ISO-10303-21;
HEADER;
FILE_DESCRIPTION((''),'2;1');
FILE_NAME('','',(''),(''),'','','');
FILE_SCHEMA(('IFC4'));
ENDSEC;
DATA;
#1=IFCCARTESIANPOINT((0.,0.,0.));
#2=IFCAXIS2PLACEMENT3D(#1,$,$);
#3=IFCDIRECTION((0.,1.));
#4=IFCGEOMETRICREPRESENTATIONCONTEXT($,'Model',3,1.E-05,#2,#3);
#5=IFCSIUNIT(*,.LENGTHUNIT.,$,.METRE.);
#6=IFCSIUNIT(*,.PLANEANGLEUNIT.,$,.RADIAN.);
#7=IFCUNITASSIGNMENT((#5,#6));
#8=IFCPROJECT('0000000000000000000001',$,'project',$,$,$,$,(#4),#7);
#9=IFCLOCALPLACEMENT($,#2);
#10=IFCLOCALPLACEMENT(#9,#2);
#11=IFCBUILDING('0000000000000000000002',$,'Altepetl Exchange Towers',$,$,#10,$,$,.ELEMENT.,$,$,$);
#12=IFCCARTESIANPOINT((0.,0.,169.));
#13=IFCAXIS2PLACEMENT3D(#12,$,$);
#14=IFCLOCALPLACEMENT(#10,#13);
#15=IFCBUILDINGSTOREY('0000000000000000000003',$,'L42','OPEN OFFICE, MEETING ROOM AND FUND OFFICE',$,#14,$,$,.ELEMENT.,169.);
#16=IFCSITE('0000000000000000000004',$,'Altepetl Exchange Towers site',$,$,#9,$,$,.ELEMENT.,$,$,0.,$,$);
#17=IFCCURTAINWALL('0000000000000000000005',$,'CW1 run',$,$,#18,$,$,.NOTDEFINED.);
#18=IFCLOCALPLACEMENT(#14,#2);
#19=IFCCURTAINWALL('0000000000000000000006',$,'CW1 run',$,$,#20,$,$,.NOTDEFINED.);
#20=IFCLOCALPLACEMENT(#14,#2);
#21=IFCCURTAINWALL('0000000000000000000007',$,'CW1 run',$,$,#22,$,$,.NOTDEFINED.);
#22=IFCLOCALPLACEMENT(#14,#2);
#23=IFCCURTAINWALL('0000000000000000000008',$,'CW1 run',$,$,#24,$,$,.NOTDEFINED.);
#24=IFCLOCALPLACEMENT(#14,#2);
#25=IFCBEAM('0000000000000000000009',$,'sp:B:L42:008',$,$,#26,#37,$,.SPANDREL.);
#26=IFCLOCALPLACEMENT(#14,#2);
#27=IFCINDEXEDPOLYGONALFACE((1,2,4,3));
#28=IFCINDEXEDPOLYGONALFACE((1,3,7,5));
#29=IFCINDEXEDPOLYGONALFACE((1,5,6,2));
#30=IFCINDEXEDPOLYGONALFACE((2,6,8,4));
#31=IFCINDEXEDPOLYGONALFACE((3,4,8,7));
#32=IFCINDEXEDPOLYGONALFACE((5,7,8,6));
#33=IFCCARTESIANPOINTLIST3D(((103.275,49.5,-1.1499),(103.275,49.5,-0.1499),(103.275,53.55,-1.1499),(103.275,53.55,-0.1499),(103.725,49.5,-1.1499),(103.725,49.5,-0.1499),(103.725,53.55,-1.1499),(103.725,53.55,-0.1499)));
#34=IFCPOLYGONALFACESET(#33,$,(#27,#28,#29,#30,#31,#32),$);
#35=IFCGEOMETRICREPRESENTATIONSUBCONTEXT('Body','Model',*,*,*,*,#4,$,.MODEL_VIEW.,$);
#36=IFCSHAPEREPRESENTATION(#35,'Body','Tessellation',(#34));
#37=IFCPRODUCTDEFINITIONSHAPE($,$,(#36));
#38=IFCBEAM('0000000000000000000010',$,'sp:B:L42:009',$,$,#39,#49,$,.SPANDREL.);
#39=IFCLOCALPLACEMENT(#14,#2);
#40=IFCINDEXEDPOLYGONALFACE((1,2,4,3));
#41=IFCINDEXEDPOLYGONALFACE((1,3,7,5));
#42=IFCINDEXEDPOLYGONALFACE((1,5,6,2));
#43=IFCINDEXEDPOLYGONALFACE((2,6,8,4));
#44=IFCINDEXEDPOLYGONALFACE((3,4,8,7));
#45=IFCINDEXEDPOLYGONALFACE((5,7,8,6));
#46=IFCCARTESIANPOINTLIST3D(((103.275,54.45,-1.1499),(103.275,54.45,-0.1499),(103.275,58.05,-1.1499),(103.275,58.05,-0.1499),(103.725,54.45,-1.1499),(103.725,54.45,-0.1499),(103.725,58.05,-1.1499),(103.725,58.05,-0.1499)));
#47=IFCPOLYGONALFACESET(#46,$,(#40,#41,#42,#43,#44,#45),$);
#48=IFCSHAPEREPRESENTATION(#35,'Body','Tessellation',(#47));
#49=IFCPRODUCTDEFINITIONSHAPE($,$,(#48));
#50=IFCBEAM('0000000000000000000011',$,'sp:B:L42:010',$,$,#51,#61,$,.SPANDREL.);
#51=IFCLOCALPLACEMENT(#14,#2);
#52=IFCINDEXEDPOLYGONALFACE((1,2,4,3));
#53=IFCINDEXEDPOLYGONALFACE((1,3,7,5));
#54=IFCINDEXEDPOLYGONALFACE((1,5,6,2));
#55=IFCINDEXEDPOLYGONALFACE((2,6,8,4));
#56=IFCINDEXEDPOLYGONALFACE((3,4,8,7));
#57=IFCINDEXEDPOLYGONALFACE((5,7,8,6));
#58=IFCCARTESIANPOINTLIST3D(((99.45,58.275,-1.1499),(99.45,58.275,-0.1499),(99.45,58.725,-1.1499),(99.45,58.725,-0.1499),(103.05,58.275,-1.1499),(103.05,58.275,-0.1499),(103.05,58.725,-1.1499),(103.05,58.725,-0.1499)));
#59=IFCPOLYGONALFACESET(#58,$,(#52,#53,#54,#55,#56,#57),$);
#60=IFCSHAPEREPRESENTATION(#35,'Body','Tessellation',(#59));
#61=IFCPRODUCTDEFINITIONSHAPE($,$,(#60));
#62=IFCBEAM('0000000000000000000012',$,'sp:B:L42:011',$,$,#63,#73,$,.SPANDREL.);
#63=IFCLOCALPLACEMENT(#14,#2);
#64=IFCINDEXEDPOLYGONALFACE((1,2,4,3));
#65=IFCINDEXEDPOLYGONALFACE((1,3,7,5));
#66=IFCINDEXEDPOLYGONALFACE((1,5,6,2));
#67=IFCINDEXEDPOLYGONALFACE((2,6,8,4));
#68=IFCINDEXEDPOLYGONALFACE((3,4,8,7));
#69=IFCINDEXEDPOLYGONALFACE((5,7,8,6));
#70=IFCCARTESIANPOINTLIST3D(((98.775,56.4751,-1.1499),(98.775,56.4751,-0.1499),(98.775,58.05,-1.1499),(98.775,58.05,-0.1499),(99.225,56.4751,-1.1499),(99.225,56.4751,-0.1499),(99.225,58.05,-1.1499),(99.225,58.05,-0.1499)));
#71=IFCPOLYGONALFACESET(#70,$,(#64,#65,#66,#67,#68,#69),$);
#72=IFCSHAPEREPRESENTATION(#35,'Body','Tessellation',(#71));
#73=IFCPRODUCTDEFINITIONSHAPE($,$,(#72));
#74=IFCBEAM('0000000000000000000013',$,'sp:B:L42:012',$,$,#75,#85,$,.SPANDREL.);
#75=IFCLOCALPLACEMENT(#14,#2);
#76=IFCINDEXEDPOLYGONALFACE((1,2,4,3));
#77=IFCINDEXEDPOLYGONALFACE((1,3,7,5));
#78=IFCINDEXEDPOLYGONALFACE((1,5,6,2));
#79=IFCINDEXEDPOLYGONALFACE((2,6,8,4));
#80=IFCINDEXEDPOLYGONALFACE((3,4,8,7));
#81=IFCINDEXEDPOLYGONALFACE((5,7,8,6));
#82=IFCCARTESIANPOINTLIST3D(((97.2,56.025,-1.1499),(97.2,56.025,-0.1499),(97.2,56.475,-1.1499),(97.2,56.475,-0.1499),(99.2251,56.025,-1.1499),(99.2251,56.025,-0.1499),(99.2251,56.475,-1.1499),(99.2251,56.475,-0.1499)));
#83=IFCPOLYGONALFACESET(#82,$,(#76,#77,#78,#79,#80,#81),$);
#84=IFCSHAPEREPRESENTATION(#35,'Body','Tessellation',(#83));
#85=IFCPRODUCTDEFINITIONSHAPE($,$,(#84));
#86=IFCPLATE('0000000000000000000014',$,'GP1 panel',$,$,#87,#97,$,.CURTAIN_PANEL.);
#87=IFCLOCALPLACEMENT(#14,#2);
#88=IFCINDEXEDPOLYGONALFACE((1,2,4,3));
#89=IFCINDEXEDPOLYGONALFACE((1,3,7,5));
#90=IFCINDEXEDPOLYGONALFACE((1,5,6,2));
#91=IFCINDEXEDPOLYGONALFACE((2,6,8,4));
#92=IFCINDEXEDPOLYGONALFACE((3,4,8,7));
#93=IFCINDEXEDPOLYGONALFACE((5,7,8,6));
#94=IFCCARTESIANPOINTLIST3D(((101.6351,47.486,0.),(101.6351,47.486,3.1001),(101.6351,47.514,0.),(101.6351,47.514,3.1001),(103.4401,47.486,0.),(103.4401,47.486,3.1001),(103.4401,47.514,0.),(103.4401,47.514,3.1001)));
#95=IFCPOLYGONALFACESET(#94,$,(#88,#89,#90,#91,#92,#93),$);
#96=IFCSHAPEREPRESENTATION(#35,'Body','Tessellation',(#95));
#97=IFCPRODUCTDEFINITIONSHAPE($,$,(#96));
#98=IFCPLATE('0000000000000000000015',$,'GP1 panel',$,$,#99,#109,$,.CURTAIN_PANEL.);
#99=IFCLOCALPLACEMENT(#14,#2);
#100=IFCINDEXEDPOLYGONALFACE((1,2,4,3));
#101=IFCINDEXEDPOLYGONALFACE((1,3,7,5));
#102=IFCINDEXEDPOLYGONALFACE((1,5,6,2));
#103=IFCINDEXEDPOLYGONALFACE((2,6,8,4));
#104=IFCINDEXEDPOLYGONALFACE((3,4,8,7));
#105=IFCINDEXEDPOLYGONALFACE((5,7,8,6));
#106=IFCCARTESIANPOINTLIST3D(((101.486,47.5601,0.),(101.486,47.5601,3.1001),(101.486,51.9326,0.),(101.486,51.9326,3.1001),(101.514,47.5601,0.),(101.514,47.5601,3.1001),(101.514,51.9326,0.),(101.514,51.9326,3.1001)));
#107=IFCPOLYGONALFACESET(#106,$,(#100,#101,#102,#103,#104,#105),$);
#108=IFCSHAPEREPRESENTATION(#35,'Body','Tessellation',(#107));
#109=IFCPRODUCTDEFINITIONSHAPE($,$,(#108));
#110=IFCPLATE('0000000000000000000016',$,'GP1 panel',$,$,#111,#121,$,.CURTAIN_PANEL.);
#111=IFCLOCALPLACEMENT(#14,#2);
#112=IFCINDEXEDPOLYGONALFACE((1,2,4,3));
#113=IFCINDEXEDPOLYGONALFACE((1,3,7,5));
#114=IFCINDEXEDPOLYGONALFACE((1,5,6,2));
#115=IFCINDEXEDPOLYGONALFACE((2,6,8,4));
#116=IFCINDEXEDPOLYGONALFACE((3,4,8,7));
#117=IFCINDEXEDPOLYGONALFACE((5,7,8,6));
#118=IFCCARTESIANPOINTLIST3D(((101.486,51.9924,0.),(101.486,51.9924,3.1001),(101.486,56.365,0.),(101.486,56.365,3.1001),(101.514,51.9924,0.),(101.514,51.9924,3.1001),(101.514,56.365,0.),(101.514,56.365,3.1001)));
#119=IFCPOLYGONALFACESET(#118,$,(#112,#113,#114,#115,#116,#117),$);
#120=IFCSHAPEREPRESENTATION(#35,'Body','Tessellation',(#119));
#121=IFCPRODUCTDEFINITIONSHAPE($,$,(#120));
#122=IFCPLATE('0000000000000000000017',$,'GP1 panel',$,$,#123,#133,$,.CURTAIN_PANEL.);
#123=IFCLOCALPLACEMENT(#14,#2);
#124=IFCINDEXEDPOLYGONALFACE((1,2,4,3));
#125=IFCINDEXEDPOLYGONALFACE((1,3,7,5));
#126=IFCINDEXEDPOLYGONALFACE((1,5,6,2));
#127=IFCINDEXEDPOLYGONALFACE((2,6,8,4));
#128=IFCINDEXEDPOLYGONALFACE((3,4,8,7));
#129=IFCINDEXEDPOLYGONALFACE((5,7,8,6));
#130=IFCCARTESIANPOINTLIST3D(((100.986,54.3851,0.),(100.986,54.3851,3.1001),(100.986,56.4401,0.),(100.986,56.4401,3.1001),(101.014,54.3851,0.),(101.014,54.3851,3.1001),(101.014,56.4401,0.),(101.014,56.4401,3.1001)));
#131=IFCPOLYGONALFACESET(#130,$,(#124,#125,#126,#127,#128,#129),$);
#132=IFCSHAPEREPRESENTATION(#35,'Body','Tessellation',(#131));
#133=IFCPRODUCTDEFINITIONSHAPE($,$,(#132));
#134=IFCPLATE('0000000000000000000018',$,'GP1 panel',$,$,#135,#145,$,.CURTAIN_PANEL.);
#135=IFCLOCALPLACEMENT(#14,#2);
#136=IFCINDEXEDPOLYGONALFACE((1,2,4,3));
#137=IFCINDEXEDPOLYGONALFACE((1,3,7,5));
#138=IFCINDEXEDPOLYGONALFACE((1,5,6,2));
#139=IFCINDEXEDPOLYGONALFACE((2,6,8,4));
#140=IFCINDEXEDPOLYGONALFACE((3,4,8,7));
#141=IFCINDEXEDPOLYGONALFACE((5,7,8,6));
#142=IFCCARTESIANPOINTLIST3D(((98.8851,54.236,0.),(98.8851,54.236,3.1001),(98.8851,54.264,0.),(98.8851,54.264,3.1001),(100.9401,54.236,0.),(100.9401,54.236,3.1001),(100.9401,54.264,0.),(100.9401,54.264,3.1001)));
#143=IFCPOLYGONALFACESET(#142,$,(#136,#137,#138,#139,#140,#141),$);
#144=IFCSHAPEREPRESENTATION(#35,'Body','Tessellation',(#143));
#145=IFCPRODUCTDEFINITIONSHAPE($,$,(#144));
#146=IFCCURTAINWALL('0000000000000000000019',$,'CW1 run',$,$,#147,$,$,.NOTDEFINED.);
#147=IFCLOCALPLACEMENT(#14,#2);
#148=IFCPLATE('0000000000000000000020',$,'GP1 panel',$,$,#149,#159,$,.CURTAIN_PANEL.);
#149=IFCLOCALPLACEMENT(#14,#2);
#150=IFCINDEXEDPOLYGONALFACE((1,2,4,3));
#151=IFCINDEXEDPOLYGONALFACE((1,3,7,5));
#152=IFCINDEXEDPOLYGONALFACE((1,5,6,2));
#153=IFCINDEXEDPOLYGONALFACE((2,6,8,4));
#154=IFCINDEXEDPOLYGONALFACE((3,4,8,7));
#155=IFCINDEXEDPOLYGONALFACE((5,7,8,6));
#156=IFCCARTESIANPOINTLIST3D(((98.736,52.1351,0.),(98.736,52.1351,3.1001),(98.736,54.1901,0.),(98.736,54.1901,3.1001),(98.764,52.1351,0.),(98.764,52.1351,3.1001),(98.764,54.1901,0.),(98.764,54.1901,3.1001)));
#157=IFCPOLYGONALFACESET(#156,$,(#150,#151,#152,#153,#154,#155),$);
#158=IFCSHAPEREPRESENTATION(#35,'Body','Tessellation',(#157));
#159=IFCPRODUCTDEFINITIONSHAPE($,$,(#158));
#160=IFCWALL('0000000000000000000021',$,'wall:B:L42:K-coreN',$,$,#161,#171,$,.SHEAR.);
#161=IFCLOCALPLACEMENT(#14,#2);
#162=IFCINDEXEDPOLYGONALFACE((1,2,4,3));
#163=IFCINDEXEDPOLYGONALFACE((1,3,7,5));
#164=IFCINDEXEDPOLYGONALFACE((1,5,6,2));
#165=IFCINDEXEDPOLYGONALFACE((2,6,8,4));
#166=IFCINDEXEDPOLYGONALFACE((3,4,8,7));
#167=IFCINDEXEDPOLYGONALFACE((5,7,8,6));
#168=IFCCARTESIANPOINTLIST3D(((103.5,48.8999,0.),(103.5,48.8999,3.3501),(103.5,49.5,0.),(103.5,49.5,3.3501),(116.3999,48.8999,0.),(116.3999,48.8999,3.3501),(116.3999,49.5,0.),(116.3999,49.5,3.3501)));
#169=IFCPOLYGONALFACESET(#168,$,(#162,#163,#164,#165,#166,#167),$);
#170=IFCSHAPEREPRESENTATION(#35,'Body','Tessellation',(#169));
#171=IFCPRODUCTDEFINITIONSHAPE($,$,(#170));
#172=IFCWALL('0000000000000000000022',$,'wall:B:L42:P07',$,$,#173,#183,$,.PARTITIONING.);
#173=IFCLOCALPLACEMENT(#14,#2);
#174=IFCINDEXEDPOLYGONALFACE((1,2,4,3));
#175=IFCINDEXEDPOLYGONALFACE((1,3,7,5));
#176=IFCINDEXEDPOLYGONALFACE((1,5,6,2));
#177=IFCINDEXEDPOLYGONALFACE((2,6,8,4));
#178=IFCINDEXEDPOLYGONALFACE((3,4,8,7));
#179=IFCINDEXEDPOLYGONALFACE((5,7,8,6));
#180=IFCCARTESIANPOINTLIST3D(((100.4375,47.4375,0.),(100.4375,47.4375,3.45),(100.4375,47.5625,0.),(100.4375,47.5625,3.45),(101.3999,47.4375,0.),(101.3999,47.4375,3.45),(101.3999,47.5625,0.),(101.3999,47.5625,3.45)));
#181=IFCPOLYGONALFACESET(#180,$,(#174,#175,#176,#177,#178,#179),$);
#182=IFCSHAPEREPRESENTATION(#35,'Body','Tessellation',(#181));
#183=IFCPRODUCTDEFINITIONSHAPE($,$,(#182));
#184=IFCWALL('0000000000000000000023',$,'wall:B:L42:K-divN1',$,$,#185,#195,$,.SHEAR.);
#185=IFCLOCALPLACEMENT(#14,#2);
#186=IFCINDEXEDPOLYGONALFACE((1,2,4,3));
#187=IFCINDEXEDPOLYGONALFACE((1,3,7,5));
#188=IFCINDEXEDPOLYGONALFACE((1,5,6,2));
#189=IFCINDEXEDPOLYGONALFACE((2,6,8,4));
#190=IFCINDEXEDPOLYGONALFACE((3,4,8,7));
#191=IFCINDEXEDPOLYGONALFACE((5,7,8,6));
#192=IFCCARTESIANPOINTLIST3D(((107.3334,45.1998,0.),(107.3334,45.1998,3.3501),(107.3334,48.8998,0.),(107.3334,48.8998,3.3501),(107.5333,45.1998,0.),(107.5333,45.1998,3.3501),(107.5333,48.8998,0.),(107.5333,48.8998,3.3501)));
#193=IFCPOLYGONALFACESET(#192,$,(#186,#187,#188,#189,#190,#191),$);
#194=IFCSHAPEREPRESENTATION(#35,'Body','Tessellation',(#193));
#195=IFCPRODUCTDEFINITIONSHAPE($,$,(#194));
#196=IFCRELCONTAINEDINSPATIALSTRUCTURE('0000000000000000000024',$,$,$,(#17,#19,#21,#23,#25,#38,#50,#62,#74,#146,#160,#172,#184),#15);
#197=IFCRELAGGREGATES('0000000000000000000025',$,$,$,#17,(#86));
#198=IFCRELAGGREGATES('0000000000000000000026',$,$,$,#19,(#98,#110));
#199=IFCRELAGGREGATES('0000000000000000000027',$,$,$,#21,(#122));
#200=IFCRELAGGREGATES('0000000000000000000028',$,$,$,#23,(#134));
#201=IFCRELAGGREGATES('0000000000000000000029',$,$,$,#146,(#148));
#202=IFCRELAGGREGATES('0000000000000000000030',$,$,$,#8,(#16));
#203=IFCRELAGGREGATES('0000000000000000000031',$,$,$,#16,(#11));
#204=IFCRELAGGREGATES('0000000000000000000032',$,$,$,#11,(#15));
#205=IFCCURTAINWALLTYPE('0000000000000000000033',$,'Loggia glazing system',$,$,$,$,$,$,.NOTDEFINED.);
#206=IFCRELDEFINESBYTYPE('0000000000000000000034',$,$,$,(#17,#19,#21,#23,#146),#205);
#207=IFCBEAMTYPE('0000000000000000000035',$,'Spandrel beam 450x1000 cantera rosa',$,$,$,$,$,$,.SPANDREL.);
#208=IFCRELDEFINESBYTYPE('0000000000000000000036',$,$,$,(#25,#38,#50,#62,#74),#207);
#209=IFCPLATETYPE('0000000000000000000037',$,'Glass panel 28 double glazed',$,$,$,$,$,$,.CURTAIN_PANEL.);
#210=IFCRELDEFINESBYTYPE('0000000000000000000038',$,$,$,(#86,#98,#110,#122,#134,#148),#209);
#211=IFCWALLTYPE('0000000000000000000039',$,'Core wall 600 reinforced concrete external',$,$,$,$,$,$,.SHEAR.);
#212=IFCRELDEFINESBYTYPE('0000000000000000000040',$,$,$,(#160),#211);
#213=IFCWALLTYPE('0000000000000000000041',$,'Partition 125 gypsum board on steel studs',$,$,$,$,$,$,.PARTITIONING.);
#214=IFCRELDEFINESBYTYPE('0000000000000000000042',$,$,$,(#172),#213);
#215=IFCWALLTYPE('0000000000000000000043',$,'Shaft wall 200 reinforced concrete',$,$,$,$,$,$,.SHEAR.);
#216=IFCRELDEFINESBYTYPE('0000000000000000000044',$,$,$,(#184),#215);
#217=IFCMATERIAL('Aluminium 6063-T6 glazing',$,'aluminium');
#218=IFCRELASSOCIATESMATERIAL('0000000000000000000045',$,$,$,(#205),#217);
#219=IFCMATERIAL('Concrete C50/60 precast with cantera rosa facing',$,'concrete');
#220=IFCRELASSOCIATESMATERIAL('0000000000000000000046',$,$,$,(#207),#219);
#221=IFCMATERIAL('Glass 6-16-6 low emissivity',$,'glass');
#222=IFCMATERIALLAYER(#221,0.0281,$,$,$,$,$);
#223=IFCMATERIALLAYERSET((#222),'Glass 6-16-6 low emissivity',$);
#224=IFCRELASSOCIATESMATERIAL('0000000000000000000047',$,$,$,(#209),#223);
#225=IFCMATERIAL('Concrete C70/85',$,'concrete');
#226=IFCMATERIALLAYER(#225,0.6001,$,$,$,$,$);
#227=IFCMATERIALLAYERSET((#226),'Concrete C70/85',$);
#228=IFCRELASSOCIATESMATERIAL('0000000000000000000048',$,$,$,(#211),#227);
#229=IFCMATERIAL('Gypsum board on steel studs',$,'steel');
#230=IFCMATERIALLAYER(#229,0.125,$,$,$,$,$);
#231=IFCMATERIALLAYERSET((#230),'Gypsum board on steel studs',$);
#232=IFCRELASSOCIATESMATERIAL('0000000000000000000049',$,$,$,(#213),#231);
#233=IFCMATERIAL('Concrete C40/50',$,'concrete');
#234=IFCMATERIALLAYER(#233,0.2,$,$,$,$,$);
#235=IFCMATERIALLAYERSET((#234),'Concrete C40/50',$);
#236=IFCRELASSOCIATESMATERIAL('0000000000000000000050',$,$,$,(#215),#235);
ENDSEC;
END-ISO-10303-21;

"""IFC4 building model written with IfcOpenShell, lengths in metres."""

from ifc_helpers import new_model, si_unit, direction, frame, frame_2d, origin, origin_2d, place, context, subcontext, project, spatial, rectangle, extrude, material, layer, layer_set, material_profile, profile_set, type_object, element, aggregate, save


model = new_model("IFC4")

# Units and contexts
model_context = context("Model", 3, precision=1e-05, world=origin(), true_north=direction((0.0, 1.0)))
body_context = subcontext(model_context, "Body", "Model", "MODEL_VIEW")
ifc_project = project(units=[si_unit("LENGTHUNIT", "METRE"), si_unit("PLANEANGLEUNIT", "RADIAN")], contexts=[model_context])

# Site, building, storey
site_placement = place(None, origin())
site = spatial("IfcSite", under=ifc_project, at=site_placement, Name="Altepetl Exchange Towers site", CompositionType="ELEMENT", RefElevation=0.0)
building_placement = place(site_placement, origin())
building = spatial("IfcBuilding", under=site, at=building_placement, Name="Altepetl Exchange Towers", CompositionType="ELEMENT")
storey_placement = place(building_placement, frame((0.0, 0.0, 169.0)))
storey = spatial("IfcBuildingStorey", under=building, at=storey_placement, Name="L42", Description="OPEN OFFICE, MEETING ROOM AND FUND OFFICE", CompositionType="ELEMENT", Elevation=169.0)

# Curtain walls
ifc_material_1 = material(Name="Aluminium 6063-T6 glazing", Category="aluminium")
curtain_wall_type = type_object("IfcCurtainWallType", Name="Loggia glazing system", PredefinedType="NOTDEFINED", material=ifc_material_1)
curtain_wall_1_placement = place(storey_placement, origin())
curtain_wall_1 = element("IfcCurtainWall", 1, at=curtain_wall_1_placement, inside=storey, type_object=curtain_wall_type, Name="CW1 run", PredefinedType="NOTDEFINED")
curtain_wall_2_placement = place(storey_placement, origin())
curtain_wall_2 = element("IfcCurtainWall", 2, at=curtain_wall_2_placement, inside=storey, type_object=curtain_wall_type, Name="CW1 run", PredefinedType="NOTDEFINED")
curtain_wall_3_placement = place(storey_placement, origin())
curtain_wall_3 = element("IfcCurtainWall", 3, at=curtain_wall_3_placement, inside=storey, type_object=curtain_wall_type, Name="CW1 run", PredefinedType="NOTDEFINED")
curtain_wall_4_placement = place(storey_placement, origin())
curtain_wall_4 = element("IfcCurtainWall", 4, at=curtain_wall_4_placement, inside=storey, type_object=curtain_wall_type, Name="CW1 run", PredefinedType="NOTDEFINED")

# Beams
ifc_material_2 = material(Name="Concrete C50/60 precast with cantera rosa facing", Category="concrete")
ifc_material_profile_1 = material_profile(ifc_material_2, rectangle(XDim=0.45, YDim=1.0, at=origin_2d()), Name="450 x 1000")
ifc_profile_set_1 = profile_set([ifc_material_profile_1], Name="Concrete C50/60 precast with cantera rosa facing")
beam_type = type_object("IfcBeamType", Name="Spandrel beam 450x1000 cantera rosa", PredefinedType="SPANDREL", material=ifc_profile_set_1)
beam_1_placement = place(storey_placement, frame((103.5, 49.5, -0.6499), z_axis=(0.0, 1.0, 0.0), x_axis=(-1.0, 0.0, 0.0)))
element("IfcBeam", 5, at=beam_1_placement, inside=storey, type_object=beam_type, Name="sp:B:L42:008", PredefinedType="SPANDREL", context=body_context, shape_type="SweptSolid", body=[
    extrude(rectangle(XDim=0.45, YDim=1.0, at=origin_2d()), origin(), (0.0, 0.0, 1.0), 4.05),
])
for number, where, z_axis, x_axis, name in (
    (6, (103.5, 54.45, -0.6499), (0.0, 1.0, 0.0), (-1.0, 0.0, 0.0), "sp:B:L42:009"),
    (7, (103.05, 58.5, -0.6499), (-1.0, 0.0, 0.0), (0.0, -1.0, 0.0), "sp:B:L42:010"),
):
    element("IfcBeam", number, at=place(storey_placement, frame(where, z_axis=z_axis, x_axis=x_axis)), inside=storey, type_object=beam_type, Name=name, PredefinedType="SPANDREL", context=body_context, shape_type="SweptSolid", body=[
        extrude(rectangle(XDim=0.45, YDim=1.0, at=origin_2d()), origin(), (0.0, 0.0, 1.0), 3.6001),
    ])
beam_2_placement = place(storey_placement, frame((99.0, 58.05, -0.6499), z_axis=(0.0, -1.0, 0.0), x_axis=(1.0, 0.0, 0.0)))
element("IfcBeam", 8, at=beam_2_placement, inside=storey, type_object=beam_type, Name="sp:B:L42:011", PredefinedType="SPANDREL", context=body_context, shape_type="SweptSolid", body=[
    extrude(rectangle(XDim=0.45, YDim=1.0, at=origin_2d()), origin(), (0.0, 0.0, 1.0), 1.575),
])
beam_3_placement = place(storey_placement, frame((99.2251, 56.25, -0.6499), z_axis=(-1.0, 0.0, 0.0), x_axis=(0.0, -1.0, 0.0)))
element("IfcBeam", 9, at=beam_3_placement, inside=storey, type_object=beam_type, Name="sp:B:L42:012", PredefinedType="SPANDREL", context=body_context, shape_type="SweptSolid", body=[
    extrude(rectangle(XDim=0.45, YDim=1.0, at=origin_2d()), origin(), (0.0, 0.0, 1.0), 2.0251),
])

# Plates
ifc_material_3 = material(Name="Glass 6-16-6 low emissivity", Category="glass")
ifc_layer_1 = layer(ifc_material_3, 0.0281)
ifc_layer_set_1 = layer_set([ifc_layer_1], Name="Glass 6-16-6 low emissivity")
plate_type = type_object("IfcPlateType", Name="Glass panel 28 double glazed", PredefinedType="CURTAIN_PANEL", material=ifc_layer_set_1)
plate_1_placement = place(storey_placement, frame((102.5376, 47.5, 0.0), z_axis=(0.0, 0.0, 1.0), x_axis=(-1.0, 0.0, 0.0)))
plate_1 = element("IfcPlate", 10, at=plate_1_placement, type_object=plate_type, Name="GP1 panel", PredefinedType="CURTAIN_PANEL", context=body_context, shape_type="SweptSolid", body=[
    extrude(rectangle(XDim=1.8049, YDim=0.0281, at=origin_2d()), origin(), (0.0, 0.0, 1.0), 3.1001),
])
aggregate(curtain_wall_1, [plate_1])
plate_2_placement = place(storey_placement, frame((101.5, 49.7463, 0.0), z_axis=(0.0, 0.0, 1.0), x_axis=(0.0, 1.0, 0.0)))
plate_2 = element("IfcPlate", 11, at=plate_2_placement, type_object=plate_type, Name="GP1 panel", PredefinedType="CURTAIN_PANEL", context=body_context, shape_type="SweptSolid", body=[
    extrude(rectangle(XDim=4.3726, YDim=0.0281, at=origin_2d()), origin(), (0.0, 0.0, 1.0), 3.1001),
])
plate_3_placement = place(storey_placement, frame((101.5, 54.1787, 0.0), z_axis=(0.0, 0.0, 1.0), x_axis=(0.0, 1.0, 0.0)))
plate_3 = element("IfcPlate", 12, at=plate_3_placement, type_object=plate_type, Name="GP1 panel", PredefinedType="CURTAIN_PANEL", context=body_context, shape_type="SweptSolid", body=[
    extrude(rectangle(XDim=4.3726, YDim=0.0281, at=origin_2d()), origin(), (0.0, 0.0, 1.0), 3.1001),
])
aggregate(curtain_wall_2, [plate_2, plate_3])
plate_4_placement = place(storey_placement, frame((101.0, 55.4126, 0.0), z_axis=(0.0, 0.0, 1.0), x_axis=(0.0, -1.0, 0.0)))
plate_4 = element("IfcPlate", 13, at=plate_4_placement, type_object=plate_type, Name="GP1 panel", PredefinedType="CURTAIN_PANEL", context=body_context, shape_type="SweptSolid", body=[
    extrude(rectangle(XDim=2.0549, YDim=0.0281, at=origin_2d()), origin(), (0.0, 0.0, 1.0), 3.1001),
])
aggregate(curtain_wall_3, [plate_4])
plate_5_placement = place(storey_placement, frame((99.9126, 54.25, 0.0), z_axis=(0.0, 0.0, 1.0), x_axis=(-1.0, 0.0, 0.0)))
plate_5 = element("IfcPlate", 14, at=plate_5_placement, type_object=plate_type, Name="GP1 panel", PredefinedType="CURTAIN_PANEL", context=body_context, shape_type="SweptSolid", body=[
    extrude(rectangle(XDim=2.0549, YDim=0.0281, at=origin_2d()), origin(), (0.0, 0.0, 1.0), 3.1001),
])
aggregate(curtain_wall_4, [plate_5])

# Curtain wall, plate
curtain_wall_5_placement = place(storey_placement, origin())
curtain_wall_5 = element("IfcCurtainWall", 15, at=curtain_wall_5_placement, inside=storey, type_object=curtain_wall_type, Name="CW1 run", PredefinedType="NOTDEFINED")
plate_6_placement = place(storey_placement, frame((98.75, 53.1626, 0.0), z_axis=(0.0, 0.0, 1.0), x_axis=(0.0, -1.0, 0.0)))
plate_6 = element("IfcPlate", 16, at=plate_6_placement, type_object=plate_type, Name="GP1 panel", PredefinedType="CURTAIN_PANEL", context=body_context, shape_type="SweptSolid", body=[
    extrude(rectangle(XDim=2.0549, YDim=0.0281, at=origin_2d()), origin(), (0.0, 0.0, 1.0), 3.1001),
])
aggregate(curtain_wall_5, [plate_6])

# Walls
ifc_material_4 = material(Name="Concrete C70/85", Category="concrete")
ifc_layer_2 = layer(ifc_material_4, 0.6001)
ifc_layer_set_2 = layer_set([ifc_layer_2], Name="Concrete C70/85")
wall_type_1 = type_object("IfcWallType", Name="Core wall 600 reinforced concrete external", PredefinedType="SHEAR", material=ifc_layer_set_2)
wall_1_placement = place(storey_placement, frame((103.5, 49.2, 0.0)))
element("IfcWall", 17, at=wall_1_placement, inside=storey, type_object=wall_type_1, Name="wall:B:L42:K-coreN", PredefinedType="SHEAR", context=body_context, shape_type="SweptSolid", body=[
    extrude(rectangle(XDim=12.8999, YDim=0.6001, at=frame_2d((6.45, 0.0))), origin(), (0.0, 0.0, 1.0), 3.3501),
])
ifc_material_5 = material(Name="Gypsum board on steel studs", Category="steel")
ifc_layer_3 = layer(ifc_material_5, 0.125)
ifc_layer_set_3 = layer_set([ifc_layer_3], Name="Gypsum board on steel studs")
wall_type_2 = type_object("IfcWallType", Name="Partition 125 gypsum board on steel studs", PredefinedType="PARTITIONING", material=ifc_layer_set_3)
wall_2_placement = place(storey_placement, frame((100.4375, 47.5, 0.0)))
element("IfcWall", 18, at=wall_2_placement, inside=storey, type_object=wall_type_2, Name="wall:B:L42:P07", PredefinedType="PARTITIONING", context=body_context, shape_type="SweptSolid", body=[
    extrude(rectangle(XDim=0.9624, YDim=0.125, at=frame_2d((0.4812, 0.0))), origin(), (0.0, 0.0, 1.0), 3.45),
])
ifc_material_6 = material(Name="Concrete C40/50", Category="concrete")
ifc_layer_4 = layer(ifc_material_6, 0.2)
ifc_layer_set_4 = layer_set([ifc_layer_4], Name="Concrete C40/50")
wall_type_3 = type_object("IfcWallType", Name="Shaft wall 200 reinforced concrete", PredefinedType="SHEAR", material=ifc_layer_set_4)
wall_3_placement = place(storey_placement, frame((107.4333, 48.8999, 0.0), z_axis=(0.0, 0.0, 1.0), x_axis=(0.0, -1.0, 0.0)))
element("IfcWall", 19, at=wall_3_placement, inside=storey, type_object=wall_type_3, Name="wall:B:L42:K-divN1", PredefinedType="SHEAR", context=body_context, shape_type="SweptSolid", body=[
    extrude(rectangle(XDim=3.7, YDim=0.2, at=frame_2d((1.8501, 0.0))), origin(), (0.0, 0.0, 1.0), 3.3501),
])

save(model, "model.ifc")
